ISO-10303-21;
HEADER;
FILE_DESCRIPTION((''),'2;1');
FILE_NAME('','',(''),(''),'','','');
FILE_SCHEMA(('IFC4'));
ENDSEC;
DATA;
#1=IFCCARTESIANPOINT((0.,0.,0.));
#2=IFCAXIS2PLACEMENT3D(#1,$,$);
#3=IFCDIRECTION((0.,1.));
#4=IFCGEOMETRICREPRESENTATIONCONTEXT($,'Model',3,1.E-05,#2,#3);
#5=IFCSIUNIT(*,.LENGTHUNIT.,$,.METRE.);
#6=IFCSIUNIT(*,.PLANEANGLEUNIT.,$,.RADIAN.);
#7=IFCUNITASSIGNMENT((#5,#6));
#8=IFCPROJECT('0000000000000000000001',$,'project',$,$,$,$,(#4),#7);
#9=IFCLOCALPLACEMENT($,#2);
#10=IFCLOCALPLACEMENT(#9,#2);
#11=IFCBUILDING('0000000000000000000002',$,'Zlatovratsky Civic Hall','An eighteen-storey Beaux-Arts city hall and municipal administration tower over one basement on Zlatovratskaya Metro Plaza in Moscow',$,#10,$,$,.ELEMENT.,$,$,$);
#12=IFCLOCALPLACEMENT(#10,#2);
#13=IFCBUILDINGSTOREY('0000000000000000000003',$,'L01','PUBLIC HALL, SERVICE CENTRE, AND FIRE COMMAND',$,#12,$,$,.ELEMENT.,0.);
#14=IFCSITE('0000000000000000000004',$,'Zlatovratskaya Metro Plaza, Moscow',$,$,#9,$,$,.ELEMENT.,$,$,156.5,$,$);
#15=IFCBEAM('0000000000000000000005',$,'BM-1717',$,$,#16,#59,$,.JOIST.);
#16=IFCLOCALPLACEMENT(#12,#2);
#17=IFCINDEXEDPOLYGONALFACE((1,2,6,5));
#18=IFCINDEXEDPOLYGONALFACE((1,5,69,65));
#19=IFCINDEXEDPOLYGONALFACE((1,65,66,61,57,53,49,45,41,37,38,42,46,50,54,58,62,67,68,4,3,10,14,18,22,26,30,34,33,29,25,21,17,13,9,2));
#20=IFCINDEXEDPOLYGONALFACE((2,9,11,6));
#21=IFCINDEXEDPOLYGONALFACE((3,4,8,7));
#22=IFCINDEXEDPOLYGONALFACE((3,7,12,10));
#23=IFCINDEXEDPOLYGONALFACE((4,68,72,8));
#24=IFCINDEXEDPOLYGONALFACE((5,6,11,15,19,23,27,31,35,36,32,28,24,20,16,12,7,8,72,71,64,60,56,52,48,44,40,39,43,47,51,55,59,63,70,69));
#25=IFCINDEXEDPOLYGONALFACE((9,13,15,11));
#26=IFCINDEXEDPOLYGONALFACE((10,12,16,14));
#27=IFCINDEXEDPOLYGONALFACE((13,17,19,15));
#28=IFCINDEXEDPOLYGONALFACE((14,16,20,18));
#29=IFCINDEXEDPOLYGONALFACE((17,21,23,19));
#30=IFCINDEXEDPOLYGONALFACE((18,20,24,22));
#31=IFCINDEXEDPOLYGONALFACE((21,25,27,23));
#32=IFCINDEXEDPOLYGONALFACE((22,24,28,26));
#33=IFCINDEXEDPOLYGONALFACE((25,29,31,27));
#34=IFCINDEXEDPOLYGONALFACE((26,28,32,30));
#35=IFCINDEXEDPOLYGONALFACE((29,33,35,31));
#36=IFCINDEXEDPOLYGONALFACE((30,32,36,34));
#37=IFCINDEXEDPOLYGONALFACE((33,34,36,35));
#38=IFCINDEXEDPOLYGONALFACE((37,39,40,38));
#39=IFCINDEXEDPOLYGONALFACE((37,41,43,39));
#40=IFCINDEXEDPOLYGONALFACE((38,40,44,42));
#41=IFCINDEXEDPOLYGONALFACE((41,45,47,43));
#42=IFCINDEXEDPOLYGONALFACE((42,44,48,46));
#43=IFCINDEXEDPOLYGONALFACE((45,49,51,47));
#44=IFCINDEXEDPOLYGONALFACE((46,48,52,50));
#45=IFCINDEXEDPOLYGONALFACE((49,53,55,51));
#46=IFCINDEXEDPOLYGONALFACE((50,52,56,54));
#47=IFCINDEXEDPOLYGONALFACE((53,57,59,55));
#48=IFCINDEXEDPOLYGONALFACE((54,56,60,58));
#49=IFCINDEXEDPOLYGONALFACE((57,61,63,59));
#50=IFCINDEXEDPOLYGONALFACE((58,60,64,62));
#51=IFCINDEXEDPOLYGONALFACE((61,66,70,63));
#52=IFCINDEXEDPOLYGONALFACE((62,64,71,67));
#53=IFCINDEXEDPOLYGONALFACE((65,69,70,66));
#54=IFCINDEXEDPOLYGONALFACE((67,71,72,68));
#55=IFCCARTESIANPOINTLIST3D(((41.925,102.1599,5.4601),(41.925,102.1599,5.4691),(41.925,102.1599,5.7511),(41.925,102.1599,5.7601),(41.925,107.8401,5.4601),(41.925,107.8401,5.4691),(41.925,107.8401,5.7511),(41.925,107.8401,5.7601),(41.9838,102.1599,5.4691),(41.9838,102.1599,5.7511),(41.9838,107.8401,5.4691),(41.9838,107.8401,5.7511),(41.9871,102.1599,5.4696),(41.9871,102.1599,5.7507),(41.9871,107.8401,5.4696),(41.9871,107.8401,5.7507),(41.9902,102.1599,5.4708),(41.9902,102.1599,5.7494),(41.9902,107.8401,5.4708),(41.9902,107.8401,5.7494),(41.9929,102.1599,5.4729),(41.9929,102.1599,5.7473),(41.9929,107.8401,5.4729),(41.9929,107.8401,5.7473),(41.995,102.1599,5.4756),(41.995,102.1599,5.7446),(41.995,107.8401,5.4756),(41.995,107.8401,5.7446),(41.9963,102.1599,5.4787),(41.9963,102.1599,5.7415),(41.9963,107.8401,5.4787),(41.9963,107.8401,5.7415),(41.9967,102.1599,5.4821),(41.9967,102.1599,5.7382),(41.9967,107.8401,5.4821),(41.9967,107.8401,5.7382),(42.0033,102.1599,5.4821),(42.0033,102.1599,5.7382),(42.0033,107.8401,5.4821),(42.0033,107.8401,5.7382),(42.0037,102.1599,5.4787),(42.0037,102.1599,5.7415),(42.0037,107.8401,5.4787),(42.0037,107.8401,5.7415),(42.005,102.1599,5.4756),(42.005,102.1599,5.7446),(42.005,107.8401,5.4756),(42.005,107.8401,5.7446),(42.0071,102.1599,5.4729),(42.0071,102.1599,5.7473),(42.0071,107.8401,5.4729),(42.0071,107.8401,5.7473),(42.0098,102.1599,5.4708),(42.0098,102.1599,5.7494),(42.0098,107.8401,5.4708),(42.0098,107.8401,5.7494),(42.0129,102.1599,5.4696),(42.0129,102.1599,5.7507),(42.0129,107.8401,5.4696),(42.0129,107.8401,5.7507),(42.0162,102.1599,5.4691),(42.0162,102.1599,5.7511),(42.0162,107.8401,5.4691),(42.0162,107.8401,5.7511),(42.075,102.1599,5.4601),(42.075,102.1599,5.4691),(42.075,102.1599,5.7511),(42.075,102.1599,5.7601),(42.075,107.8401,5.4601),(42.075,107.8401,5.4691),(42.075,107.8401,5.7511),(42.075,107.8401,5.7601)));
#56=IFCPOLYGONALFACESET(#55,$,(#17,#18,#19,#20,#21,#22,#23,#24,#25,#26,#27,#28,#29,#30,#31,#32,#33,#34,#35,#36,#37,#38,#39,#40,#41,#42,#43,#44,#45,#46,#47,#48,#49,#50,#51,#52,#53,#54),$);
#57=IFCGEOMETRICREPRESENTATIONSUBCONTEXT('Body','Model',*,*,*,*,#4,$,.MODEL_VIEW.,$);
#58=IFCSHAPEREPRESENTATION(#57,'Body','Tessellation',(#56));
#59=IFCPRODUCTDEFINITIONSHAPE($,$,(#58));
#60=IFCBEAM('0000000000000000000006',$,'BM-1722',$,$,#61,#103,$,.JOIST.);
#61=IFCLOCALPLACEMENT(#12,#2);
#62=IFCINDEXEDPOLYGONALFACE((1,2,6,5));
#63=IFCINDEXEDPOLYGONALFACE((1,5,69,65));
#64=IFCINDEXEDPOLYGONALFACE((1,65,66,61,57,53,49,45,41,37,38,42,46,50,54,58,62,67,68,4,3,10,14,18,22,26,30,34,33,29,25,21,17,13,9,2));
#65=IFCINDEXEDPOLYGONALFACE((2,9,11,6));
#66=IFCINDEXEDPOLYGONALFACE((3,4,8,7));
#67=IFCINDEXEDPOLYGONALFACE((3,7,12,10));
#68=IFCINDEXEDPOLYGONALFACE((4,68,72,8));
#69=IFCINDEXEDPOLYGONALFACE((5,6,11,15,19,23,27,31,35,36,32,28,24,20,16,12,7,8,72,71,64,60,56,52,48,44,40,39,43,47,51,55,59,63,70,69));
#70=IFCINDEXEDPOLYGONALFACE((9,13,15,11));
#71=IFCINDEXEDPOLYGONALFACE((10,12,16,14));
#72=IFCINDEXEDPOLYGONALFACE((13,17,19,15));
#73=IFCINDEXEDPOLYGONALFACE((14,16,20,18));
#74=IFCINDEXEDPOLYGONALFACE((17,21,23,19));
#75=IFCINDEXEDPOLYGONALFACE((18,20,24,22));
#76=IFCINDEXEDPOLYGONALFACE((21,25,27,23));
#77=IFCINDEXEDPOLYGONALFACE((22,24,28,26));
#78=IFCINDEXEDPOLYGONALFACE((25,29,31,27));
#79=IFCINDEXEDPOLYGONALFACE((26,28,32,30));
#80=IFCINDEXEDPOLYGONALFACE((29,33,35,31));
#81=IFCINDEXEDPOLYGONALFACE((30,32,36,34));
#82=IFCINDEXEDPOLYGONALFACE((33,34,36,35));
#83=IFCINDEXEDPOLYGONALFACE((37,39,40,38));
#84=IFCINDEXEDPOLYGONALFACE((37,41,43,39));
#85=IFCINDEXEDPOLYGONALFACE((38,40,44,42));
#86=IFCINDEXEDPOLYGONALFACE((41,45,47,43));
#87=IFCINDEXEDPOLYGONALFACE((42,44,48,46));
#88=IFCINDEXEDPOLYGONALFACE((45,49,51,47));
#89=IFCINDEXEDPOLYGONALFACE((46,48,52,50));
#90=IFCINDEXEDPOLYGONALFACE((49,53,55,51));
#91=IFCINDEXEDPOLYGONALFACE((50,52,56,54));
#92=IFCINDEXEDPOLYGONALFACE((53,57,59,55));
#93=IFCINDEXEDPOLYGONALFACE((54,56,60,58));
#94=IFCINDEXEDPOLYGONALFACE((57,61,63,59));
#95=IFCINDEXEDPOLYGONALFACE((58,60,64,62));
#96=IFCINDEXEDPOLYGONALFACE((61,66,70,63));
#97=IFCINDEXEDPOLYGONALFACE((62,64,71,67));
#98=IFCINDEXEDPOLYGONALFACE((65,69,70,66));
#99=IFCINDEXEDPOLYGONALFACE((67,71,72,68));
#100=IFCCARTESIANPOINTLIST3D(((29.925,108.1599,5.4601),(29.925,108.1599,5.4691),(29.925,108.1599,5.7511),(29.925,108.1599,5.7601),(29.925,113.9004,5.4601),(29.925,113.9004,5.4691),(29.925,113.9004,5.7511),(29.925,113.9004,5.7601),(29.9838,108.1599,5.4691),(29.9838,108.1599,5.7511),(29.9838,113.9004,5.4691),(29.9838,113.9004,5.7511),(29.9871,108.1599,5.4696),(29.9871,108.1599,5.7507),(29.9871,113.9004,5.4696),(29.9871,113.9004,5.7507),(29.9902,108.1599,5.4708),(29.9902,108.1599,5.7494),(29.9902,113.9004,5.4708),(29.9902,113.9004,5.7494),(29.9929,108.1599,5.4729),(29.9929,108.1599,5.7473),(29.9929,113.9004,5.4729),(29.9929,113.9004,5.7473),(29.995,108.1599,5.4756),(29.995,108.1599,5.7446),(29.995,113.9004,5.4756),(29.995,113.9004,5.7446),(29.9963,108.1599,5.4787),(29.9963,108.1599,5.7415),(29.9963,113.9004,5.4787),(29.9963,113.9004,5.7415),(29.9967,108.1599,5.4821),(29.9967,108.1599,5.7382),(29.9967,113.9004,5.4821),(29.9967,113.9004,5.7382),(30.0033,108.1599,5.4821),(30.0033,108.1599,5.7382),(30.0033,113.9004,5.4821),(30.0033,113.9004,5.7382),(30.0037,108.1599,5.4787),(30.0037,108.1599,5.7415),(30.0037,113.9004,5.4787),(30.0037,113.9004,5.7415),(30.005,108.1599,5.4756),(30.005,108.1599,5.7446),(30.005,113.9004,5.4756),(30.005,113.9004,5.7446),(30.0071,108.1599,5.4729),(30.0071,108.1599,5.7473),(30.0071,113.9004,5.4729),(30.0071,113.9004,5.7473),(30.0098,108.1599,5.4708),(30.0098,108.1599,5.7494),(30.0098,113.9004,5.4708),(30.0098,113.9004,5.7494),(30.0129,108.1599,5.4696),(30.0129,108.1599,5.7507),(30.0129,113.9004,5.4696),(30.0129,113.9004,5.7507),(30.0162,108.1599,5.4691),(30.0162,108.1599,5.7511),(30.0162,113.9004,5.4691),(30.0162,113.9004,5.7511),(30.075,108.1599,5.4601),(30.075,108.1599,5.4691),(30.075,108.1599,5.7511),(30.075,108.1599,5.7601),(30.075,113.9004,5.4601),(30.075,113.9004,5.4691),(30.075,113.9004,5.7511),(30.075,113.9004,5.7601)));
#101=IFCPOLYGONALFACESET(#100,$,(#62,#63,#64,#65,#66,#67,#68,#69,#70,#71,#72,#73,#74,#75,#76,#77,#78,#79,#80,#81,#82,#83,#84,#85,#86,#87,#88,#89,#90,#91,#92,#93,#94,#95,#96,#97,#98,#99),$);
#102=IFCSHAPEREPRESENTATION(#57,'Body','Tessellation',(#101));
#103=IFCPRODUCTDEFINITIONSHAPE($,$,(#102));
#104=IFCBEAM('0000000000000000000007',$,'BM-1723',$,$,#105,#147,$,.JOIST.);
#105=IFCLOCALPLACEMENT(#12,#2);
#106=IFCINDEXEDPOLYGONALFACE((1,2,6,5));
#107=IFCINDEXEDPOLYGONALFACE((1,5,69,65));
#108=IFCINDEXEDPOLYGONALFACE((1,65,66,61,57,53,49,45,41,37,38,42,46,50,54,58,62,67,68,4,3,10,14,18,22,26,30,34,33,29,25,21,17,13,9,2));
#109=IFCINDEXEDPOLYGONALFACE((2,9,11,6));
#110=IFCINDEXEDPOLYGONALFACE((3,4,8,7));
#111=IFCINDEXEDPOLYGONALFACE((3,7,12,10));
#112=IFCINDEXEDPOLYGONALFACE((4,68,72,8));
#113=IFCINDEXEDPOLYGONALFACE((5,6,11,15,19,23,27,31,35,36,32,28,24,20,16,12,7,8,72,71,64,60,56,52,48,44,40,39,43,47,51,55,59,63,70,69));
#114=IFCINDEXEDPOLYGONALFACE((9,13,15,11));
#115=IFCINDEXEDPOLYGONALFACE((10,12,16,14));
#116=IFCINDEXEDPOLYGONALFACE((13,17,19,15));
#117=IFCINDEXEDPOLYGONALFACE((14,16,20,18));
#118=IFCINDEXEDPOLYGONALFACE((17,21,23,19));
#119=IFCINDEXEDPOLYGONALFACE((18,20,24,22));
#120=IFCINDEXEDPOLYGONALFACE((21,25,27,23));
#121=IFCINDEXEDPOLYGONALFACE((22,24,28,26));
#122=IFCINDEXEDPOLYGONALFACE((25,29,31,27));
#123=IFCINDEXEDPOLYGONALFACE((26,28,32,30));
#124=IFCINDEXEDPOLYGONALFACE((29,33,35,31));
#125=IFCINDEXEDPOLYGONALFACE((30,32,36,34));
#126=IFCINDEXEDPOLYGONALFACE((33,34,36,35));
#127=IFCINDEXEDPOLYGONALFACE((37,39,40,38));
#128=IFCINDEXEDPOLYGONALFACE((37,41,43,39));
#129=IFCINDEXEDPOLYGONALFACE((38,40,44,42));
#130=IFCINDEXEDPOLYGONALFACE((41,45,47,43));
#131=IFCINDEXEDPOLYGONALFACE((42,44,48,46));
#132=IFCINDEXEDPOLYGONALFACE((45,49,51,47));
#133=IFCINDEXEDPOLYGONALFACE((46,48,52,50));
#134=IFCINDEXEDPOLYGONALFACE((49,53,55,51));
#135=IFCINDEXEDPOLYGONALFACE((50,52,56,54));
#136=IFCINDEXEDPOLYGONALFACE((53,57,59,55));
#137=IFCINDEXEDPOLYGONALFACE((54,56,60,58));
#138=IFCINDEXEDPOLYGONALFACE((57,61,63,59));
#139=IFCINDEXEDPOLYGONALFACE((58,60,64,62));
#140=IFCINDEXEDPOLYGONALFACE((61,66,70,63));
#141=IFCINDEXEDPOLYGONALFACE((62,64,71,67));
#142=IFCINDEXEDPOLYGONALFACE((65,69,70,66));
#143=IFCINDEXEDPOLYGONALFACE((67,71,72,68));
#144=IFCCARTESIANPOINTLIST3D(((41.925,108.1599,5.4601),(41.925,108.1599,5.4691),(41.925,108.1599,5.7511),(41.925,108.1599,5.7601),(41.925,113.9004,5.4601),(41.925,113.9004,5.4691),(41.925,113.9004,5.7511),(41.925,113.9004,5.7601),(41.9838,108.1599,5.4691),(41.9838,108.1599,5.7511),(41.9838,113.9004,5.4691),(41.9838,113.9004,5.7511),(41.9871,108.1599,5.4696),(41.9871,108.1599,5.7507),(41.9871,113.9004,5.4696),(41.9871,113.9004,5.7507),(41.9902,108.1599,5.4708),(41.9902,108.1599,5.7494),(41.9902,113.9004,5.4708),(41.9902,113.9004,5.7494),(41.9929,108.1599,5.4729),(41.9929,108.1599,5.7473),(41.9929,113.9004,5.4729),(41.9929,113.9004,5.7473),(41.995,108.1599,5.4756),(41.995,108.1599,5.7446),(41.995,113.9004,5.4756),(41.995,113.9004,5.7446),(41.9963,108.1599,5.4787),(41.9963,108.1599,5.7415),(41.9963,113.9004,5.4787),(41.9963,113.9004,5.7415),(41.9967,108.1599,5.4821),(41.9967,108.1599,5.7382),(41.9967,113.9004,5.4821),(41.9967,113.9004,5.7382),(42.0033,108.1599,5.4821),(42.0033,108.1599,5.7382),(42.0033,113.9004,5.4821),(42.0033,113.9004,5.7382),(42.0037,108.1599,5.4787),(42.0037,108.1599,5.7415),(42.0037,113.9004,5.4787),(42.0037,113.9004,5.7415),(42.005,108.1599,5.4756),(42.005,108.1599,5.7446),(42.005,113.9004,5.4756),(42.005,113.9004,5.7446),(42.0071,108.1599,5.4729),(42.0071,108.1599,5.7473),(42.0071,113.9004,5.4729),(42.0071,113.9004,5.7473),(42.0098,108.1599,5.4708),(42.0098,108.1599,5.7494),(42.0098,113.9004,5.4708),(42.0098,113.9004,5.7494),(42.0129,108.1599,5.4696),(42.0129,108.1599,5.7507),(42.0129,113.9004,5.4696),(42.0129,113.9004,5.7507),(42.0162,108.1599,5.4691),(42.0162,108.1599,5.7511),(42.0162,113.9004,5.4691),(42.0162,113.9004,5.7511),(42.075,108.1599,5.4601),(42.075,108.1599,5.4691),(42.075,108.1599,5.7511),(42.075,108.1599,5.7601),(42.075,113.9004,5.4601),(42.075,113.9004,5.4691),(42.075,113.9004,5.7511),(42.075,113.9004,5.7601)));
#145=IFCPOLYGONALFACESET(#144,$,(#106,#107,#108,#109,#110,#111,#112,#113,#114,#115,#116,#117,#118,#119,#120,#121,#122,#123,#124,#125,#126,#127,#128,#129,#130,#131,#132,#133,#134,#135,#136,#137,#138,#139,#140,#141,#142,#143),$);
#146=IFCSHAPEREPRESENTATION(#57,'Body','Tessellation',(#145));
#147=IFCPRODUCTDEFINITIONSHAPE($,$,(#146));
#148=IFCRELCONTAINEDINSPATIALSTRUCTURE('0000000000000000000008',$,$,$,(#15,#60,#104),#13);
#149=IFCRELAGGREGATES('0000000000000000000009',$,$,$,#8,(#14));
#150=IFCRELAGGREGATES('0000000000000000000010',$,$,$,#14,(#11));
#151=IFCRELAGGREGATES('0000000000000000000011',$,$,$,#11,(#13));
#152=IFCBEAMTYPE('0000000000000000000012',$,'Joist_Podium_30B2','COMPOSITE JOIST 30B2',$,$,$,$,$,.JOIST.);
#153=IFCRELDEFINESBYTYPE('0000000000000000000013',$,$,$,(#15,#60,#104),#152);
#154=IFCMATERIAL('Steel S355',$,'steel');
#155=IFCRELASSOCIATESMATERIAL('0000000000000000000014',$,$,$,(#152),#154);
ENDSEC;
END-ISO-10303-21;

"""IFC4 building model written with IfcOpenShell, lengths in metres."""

from ifc_helpers import new_model, si_unit, direction, frame, origin, origin_2d, place, context, subcontext, project, spatial, i_section, extrude, material, material_profile, profile_set, type_object, element, save


model = new_model("IFC4")

# Units and contexts
model_context = context("Model", 3, precision=1e-05, world=origin(), true_north=direction((0.0, 1.0)))
body_context = subcontext(model_context, "Body", "Model", "MODEL_VIEW")
ifc_project = project(units=[si_unit("LENGTHUNIT", "METRE"), si_unit("PLANEANGLEUNIT", "RADIAN")], contexts=[model_context])

# Site, building, storey
site_placement = place(None, origin())
site = spatial("IfcSite", under=ifc_project, at=site_placement, Name="Zlatovratskaya Metro Plaza, Moscow", CompositionType="ELEMENT", RefElevation=156.5)
building_placement = place(site_placement, origin())
building = spatial("IfcBuilding", under=site, at=building_placement, Name="Zlatovratsky Civic Hall", Description="An eighteen-storey Beaux-Arts city hall and municipal administration tower over one basement on Zlatovratskaya Metro Plaza in Moscow", CompositionType="ELEMENT")
storey_placement = place(building_placement, origin())
storey = spatial("IfcBuildingStorey", under=building, at=storey_placement, Name="L01", Description="PUBLIC HALL, SERVICE CENTRE, AND FIRE COMMAND", CompositionType="ELEMENT", Elevation=0.0)

# Shared definitions
ifc_material_1 = material(Name="Steel S355", Category="steel")

# Beams
ifc_material_profile_1 = material_profile(ifc_material_1, i_section(OverallWidth=0.1499, OverallDepth=0.3, WebThickness=0.0066, FlangeThickness=0.009, FilletRadius=0.0129, at=origin_2d()), Name="30B2")
ifc_profile_set_1 = profile_set([ifc_material_profile_1], Name="Steel S355")
beam_type_1 = type_object("IfcBeamType", Name="Joist_Podium_30B2", Description="COMPOSITE JOIST 30B2", PredefinedType="JOIST", material=ifc_profile_set_1)
for number, where, z_axis, x_axis, name in (
    (1, (42.0, 102.1599, 5.6101), (0.0, 1.0, 0.0), (-1.0, 0.0, 0.0), "BM-1717"),
):
    element("IfcBeam", number, at=place(storey_placement, frame(where, z_axis=z_axis, x_axis=x_axis)), inside=storey, type_object=beam_type_1, Name=name, PredefinedType="JOIST", context=body_context, shape_type="SweptSolid", body=[
        extrude(i_section(OverallWidth=0.1499, OverallDepth=0.3, WebThickness=0.0066, FlangeThickness=0.009, FilletRadius=0.0129, at=origin_2d()), origin(), (0.0, 0.0, 1.0), 5.6802),
    ])
for number, where, z_axis, x_axis, name in (
    (2, (30.0, 108.1599, 5.6101), (0.0, 1.0, 0.0), (-1.0, 0.0, 0.0), "BM-1722"),
    (3, (42.0, 108.1599, 5.6101), (0.0, 1.0, 0.0), (-1.0, 0.0, 0.0), "BM-1723"),
):
    element("IfcBeam", number, at=place(storey_placement, frame(where, z_axis=z_axis, x_axis=x_axis)), inside=storey, type_object=beam_type_1, Name=name, PredefinedType="JOIST", context=body_context, shape_type="SweptSolid", body=[
        extrude(i_section(OverallWidth=0.1499, OverallDepth=0.3, WebThickness=0.0066, FlangeThickness=0.009, FilletRadius=0.0129, at=origin_2d()), origin(), (0.0, 0.0, 1.0), 5.7405),
    ])

save(model, "model.ifc")
